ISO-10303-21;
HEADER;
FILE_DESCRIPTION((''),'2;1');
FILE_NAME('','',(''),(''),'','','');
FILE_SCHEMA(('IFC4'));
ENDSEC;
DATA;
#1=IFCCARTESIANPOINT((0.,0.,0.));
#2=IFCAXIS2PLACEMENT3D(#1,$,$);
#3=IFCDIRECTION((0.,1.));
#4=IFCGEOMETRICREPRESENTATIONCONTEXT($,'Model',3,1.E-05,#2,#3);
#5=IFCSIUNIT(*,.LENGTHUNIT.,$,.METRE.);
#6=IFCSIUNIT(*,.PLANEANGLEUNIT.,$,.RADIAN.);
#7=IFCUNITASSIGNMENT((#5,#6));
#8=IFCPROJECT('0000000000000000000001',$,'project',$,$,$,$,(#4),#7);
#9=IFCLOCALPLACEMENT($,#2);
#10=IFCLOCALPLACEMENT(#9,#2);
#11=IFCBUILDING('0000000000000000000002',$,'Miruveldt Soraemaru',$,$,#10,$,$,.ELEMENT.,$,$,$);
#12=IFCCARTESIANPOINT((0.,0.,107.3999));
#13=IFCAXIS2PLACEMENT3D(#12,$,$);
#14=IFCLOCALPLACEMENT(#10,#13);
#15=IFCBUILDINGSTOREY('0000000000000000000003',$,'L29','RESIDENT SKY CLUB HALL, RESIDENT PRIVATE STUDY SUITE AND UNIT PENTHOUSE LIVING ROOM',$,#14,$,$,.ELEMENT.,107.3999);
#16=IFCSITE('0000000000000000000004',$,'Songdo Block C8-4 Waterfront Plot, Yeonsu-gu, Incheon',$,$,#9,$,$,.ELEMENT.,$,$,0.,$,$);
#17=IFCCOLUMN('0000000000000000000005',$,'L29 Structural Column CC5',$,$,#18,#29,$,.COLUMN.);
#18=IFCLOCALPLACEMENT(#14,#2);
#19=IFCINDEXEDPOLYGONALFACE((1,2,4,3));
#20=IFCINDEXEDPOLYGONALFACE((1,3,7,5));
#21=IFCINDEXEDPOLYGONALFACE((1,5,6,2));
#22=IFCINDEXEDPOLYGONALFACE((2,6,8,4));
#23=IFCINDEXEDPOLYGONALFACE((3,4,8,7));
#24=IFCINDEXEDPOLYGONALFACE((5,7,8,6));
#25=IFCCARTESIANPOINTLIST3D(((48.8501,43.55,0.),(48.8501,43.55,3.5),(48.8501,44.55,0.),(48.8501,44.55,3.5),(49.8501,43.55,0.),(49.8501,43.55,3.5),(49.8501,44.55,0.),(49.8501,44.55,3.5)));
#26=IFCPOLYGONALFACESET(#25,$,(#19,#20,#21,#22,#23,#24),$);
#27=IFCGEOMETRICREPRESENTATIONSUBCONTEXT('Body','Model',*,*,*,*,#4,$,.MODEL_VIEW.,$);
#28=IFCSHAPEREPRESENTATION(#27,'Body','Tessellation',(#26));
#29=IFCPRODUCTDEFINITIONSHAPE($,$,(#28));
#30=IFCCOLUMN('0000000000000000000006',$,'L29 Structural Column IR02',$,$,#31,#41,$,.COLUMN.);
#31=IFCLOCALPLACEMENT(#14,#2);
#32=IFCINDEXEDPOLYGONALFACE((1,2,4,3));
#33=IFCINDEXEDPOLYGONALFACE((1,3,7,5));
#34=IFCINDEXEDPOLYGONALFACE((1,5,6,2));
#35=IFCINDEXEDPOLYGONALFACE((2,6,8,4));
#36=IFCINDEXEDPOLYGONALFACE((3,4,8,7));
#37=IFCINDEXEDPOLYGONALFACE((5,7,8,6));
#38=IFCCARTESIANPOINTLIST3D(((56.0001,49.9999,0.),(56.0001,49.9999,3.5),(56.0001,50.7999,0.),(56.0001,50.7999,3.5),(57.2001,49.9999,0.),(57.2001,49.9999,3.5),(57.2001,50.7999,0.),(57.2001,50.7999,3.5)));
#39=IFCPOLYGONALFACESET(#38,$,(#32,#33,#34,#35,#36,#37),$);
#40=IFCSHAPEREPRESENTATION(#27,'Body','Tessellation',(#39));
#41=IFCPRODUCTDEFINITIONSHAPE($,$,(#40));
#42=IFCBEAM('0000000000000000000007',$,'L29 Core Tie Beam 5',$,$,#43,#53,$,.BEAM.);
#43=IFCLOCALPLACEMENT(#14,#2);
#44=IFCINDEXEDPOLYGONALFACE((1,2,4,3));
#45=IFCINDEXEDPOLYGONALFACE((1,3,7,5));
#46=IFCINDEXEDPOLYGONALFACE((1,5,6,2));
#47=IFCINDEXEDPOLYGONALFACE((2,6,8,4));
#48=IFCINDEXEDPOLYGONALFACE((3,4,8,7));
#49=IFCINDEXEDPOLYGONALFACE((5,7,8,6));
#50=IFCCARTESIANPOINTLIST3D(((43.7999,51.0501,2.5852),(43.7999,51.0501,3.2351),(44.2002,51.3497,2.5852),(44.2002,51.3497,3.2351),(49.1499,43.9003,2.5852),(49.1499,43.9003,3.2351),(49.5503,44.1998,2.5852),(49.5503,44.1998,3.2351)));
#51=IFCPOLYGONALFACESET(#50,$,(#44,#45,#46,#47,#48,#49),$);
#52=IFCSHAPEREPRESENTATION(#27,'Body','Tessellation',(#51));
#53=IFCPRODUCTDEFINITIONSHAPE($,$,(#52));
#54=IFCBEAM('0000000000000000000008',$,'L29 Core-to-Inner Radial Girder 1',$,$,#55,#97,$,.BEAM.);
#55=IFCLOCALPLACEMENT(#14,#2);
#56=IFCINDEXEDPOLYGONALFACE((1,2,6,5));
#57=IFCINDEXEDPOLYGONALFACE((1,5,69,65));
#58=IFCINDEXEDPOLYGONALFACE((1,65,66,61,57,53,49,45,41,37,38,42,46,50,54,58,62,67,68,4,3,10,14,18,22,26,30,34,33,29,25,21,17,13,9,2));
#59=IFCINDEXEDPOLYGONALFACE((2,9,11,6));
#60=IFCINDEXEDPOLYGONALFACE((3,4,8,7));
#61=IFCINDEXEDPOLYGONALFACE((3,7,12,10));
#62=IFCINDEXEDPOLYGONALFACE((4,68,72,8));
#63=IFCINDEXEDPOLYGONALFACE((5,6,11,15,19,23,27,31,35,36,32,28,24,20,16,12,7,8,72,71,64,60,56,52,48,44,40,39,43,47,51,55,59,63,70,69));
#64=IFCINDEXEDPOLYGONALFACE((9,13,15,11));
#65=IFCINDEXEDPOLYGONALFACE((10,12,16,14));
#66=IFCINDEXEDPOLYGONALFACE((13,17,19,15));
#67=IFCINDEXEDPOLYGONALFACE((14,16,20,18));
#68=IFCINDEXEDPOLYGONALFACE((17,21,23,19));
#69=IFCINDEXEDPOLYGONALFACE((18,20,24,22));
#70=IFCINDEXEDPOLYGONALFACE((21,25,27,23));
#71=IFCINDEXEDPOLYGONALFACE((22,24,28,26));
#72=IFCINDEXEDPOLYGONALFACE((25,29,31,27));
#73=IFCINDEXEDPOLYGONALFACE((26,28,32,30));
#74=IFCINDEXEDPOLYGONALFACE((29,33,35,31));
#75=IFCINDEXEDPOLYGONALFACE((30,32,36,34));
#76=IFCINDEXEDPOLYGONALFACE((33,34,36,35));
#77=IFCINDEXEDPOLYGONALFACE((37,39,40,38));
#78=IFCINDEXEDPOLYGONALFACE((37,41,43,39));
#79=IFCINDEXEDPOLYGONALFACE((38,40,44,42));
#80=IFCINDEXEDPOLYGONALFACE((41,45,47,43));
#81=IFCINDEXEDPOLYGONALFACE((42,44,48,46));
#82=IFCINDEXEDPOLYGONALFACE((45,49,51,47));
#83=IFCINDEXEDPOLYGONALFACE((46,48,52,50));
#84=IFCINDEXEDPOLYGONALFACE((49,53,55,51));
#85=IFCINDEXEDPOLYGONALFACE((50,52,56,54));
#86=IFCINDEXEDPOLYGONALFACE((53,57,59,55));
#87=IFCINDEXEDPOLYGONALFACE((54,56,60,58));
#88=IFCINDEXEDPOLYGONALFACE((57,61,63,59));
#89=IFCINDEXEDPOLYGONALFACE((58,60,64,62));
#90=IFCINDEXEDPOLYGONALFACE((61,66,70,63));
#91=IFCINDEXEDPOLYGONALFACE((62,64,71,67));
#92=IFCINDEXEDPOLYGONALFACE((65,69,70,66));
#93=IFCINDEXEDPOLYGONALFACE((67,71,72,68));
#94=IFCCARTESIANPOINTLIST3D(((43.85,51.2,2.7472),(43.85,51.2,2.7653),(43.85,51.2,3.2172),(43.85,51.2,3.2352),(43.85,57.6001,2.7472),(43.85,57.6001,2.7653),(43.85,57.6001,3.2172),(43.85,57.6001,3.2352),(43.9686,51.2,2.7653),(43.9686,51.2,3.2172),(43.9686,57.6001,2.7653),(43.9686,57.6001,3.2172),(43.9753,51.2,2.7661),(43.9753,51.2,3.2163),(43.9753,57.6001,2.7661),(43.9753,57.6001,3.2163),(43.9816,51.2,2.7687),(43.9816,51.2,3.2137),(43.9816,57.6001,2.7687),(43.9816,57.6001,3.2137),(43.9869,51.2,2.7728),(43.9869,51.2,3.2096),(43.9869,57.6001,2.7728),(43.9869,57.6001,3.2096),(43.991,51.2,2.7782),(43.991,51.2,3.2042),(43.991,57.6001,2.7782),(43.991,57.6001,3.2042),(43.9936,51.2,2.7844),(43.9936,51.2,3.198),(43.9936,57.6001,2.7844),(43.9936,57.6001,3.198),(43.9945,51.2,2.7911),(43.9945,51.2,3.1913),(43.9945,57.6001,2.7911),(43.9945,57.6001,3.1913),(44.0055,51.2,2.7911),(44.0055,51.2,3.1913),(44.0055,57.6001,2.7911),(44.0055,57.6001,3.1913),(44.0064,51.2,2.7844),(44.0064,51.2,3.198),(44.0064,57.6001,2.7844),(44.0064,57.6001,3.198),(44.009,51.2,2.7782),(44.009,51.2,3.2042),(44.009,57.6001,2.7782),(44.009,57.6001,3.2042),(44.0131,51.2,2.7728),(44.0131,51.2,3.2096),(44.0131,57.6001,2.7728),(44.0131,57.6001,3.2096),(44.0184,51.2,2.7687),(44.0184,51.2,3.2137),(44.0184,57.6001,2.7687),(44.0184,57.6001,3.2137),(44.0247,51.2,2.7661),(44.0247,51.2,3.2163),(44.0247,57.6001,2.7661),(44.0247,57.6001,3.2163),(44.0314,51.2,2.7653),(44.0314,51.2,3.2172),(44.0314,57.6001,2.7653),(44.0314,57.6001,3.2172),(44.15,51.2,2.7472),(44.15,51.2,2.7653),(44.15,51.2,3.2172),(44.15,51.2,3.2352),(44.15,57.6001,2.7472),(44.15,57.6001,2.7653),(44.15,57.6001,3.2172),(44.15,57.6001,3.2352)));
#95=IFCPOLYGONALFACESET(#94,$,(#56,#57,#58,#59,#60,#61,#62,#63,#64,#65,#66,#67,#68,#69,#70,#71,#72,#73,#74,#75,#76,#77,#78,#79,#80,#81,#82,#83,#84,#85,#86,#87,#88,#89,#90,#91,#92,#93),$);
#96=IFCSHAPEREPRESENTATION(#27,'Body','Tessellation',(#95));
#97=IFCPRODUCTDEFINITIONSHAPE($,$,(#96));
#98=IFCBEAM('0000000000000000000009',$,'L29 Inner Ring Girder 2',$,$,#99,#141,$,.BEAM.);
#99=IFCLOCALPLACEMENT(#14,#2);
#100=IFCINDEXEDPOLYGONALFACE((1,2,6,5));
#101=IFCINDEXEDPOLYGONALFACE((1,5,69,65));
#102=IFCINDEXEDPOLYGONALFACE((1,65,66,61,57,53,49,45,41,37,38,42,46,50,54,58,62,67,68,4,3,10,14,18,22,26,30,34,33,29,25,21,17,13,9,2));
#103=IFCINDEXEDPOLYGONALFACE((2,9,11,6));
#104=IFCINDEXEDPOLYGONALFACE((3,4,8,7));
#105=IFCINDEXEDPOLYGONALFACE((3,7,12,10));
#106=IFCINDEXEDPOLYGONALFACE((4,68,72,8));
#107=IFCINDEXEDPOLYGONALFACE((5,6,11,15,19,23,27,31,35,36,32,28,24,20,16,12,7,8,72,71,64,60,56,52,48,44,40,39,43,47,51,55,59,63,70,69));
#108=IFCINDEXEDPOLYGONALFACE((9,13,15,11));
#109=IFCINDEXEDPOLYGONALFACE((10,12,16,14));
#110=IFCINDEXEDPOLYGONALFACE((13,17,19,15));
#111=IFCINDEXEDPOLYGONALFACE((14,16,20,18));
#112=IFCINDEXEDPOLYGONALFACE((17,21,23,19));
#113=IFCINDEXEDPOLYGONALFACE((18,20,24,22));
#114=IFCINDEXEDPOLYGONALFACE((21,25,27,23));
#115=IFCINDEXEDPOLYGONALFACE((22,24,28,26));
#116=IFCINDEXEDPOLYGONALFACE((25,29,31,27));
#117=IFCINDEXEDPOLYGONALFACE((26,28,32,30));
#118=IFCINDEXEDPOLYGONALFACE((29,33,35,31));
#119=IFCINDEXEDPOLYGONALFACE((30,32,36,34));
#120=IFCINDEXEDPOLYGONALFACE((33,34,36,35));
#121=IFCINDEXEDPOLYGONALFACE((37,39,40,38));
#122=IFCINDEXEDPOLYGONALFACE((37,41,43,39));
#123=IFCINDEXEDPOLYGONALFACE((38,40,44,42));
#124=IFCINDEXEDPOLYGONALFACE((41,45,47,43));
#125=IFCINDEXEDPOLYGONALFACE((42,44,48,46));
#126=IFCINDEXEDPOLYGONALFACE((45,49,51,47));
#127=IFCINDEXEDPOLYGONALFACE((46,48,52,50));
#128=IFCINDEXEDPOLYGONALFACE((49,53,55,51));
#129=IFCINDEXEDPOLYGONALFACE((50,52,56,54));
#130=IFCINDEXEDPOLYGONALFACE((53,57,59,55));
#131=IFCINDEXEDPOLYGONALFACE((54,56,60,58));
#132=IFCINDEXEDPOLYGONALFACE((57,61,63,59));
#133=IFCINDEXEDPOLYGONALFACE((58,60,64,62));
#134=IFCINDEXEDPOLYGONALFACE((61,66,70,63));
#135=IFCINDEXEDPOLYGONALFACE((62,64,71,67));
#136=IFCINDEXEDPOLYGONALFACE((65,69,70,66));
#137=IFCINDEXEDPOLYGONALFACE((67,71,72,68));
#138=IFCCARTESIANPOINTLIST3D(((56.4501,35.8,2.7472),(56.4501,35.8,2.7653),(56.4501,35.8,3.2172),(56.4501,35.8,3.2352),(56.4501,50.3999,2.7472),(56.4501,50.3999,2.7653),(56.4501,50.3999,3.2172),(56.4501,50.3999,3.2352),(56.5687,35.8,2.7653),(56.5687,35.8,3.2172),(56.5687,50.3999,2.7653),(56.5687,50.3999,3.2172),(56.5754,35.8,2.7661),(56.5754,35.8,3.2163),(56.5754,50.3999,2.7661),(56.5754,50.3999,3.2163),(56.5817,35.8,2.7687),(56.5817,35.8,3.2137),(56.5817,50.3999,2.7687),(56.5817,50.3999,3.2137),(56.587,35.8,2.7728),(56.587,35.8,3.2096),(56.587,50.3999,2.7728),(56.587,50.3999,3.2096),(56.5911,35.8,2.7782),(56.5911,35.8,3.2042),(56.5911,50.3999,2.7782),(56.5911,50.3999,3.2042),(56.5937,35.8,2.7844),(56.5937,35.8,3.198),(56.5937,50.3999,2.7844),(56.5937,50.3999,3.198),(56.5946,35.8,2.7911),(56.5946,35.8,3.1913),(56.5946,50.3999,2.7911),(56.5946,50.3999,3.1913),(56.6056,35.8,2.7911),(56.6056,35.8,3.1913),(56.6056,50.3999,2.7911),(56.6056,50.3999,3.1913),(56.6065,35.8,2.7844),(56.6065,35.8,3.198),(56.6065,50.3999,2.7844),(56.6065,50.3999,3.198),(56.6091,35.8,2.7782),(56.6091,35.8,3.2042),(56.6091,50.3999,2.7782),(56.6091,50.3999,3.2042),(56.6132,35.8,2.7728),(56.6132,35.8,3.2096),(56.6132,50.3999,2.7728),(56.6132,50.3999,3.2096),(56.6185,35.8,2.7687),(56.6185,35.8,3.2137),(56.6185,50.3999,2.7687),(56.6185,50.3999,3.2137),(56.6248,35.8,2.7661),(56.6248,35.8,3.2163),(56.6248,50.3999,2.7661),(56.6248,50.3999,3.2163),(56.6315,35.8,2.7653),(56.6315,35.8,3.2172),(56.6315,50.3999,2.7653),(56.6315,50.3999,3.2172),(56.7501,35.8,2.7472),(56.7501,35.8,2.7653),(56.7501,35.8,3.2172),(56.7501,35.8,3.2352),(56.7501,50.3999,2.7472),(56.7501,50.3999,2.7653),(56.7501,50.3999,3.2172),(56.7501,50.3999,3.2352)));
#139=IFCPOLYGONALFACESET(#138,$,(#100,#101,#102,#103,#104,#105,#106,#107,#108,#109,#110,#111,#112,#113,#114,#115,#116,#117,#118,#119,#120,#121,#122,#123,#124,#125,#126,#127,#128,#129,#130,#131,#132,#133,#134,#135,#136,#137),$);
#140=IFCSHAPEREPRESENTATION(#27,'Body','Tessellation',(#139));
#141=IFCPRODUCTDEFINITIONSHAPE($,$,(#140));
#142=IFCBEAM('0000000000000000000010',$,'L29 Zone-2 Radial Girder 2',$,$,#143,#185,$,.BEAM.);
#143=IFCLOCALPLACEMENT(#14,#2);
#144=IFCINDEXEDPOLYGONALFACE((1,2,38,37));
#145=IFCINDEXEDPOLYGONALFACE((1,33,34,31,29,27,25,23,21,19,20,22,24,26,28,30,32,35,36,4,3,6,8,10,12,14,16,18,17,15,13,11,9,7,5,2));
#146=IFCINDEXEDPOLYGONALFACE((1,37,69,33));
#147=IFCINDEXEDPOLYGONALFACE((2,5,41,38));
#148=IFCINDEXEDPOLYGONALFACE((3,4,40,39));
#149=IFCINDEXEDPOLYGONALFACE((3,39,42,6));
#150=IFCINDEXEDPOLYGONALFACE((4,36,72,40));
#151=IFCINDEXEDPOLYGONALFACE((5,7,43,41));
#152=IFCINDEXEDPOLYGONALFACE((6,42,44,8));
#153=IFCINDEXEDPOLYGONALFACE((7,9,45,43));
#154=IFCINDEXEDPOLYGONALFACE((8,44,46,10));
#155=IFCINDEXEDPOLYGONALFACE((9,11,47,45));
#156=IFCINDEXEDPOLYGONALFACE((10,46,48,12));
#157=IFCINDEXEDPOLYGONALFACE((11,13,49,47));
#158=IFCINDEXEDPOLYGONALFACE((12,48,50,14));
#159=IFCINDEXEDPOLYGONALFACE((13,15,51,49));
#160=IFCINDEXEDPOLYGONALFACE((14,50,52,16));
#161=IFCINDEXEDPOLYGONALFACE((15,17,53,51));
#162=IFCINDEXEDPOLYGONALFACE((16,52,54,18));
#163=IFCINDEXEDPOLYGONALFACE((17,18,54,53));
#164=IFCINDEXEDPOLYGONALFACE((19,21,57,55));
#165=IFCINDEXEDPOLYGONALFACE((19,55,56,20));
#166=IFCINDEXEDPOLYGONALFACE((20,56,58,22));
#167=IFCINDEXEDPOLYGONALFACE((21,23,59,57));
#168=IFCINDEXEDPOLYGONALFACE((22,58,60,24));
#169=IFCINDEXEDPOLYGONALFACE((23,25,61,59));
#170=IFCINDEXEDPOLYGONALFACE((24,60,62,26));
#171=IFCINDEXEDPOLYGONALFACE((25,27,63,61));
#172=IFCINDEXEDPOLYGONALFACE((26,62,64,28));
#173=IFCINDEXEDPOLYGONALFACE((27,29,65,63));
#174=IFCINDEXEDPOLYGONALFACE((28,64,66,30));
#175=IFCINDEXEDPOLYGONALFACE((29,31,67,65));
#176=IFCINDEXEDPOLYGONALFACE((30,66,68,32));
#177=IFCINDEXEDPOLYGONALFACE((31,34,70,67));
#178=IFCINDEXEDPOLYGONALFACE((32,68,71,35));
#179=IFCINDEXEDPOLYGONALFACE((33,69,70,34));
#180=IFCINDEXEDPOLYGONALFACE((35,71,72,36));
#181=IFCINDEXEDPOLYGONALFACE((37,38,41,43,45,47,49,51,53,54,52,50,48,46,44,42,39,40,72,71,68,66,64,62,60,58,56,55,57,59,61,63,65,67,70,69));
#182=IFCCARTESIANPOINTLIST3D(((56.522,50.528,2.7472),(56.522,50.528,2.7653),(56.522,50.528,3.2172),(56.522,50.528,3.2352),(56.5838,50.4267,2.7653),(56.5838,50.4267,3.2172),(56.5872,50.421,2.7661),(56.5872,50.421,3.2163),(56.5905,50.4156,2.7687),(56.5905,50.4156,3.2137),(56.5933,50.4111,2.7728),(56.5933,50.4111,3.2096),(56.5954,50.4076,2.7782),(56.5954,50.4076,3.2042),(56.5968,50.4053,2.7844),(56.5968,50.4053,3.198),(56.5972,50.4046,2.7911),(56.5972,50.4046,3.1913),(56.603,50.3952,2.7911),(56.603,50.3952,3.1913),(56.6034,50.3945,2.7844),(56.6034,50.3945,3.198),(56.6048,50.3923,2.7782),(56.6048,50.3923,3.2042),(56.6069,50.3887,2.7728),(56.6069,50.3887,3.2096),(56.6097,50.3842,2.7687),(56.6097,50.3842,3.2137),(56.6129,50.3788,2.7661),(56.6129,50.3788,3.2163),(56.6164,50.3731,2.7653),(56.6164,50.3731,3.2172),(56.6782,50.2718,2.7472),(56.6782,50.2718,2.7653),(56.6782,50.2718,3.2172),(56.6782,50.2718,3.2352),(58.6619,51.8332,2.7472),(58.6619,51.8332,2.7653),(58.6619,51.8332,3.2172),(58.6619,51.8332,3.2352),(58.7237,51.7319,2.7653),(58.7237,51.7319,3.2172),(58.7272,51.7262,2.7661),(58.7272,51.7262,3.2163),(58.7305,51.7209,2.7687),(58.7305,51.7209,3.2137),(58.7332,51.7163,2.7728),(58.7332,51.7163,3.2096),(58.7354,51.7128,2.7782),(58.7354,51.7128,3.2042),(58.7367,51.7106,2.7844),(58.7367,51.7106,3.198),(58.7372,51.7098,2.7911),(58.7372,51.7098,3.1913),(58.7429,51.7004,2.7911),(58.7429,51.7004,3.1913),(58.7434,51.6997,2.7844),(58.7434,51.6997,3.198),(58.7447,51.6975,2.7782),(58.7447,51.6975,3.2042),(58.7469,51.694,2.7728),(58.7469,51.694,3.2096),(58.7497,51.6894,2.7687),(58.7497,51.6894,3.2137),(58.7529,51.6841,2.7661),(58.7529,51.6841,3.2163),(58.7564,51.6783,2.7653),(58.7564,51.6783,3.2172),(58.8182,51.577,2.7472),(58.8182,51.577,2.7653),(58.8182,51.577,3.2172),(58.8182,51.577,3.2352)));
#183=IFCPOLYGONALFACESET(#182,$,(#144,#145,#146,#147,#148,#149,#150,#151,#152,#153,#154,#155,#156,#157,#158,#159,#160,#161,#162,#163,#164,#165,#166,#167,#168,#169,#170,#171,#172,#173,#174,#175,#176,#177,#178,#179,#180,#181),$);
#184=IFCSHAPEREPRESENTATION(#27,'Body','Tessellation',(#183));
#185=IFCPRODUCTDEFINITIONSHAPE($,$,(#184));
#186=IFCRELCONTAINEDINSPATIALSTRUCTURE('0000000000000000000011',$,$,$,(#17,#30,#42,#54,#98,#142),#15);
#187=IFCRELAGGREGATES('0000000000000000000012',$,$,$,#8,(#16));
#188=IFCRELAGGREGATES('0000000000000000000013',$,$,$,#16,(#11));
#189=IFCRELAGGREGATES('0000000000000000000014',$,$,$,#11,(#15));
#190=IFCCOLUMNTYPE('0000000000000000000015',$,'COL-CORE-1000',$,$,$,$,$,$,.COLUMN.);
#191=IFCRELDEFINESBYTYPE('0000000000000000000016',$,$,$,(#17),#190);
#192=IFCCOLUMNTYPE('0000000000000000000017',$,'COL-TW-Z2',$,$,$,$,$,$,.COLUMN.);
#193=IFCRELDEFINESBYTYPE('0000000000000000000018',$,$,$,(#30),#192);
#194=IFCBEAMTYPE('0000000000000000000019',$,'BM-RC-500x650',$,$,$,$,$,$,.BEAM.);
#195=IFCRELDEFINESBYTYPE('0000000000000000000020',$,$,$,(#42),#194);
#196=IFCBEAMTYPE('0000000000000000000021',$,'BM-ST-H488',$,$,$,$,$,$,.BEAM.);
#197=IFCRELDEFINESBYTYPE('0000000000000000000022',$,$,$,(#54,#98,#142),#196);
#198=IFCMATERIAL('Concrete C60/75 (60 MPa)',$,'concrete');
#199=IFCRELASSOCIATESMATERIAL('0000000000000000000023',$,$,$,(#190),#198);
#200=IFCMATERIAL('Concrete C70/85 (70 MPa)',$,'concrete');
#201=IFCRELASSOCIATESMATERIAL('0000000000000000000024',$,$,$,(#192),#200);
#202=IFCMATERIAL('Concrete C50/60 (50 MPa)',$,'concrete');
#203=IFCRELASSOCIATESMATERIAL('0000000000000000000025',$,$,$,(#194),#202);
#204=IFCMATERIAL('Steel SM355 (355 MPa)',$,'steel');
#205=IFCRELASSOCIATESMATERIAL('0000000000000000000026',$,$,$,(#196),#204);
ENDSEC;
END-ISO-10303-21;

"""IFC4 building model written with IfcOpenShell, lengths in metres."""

from ifc_helpers import new_model, si_unit, direction, frame, origin, origin_2d, place, context, subcontext, project, spatial, rectangle, i_section, extrude, material, material_profile, profile_set, type_object, element, save


model = new_model("IFC4")

# Units and contexts
model_context = context("Model", 3, precision=1e-05, world=origin(), true_north=direction((0.0, 1.0)))
body_context = subcontext(model_context, "Body", "Model", "MODEL_VIEW")
ifc_project = project(units=[si_unit("LENGTHUNIT", "METRE"), si_unit("PLANEANGLEUNIT", "RADIAN")], contexts=[model_context])

# Site, building, storey
site_placement = place(None, origin())
site = spatial("IfcSite", under=ifc_project, at=site_placement, Name="Songdo Block C8-4 Waterfront Plot, Yeonsu-gu, Incheon", CompositionType="ELEMENT", RefElevation=0.0)
building_placement = place(site_placement, origin())
building = spatial("IfcBuilding", under=site, at=building_placement, Name="Miruveldt Soraemaru", CompositionType="ELEMENT")
storey_placement = place(building_placement, frame((0.0, 0.0, 107.3999)))
storey = spatial("IfcBuildingStorey", under=building, at=storey_placement, Name="L29", Description="RESIDENT SKY CLUB HALL, RESIDENT PRIVATE STUDY SUITE AND UNIT PENTHOUSE LIVING ROOM", CompositionType="ELEMENT", Elevation=107.3999)

# Columns
ifc_material_1 = material(Name="Concrete C60/75 (60 MPa)", Category="concrete")
ifc_material_profile_1 = material_profile(ifc_material_1, rectangle(XDim=1.0, YDim=1.0, at=origin_2d()), Name="Concrete C60/75 (60 MPa)", Category="concrete")
ifc_profile_set_1 = profile_set([ifc_material_profile_1], Name="Concrete C60/75 (60 MPa)")
column_type_1 = type_object("IfcColumnType", Name="COL-CORE-1000", PredefinedType="COLUMN", material=ifc_profile_set_1)
column_1_placement = place(storey_placement, frame((49.3501, 44.05, 0.0), z_axis=(0.0, 0.0, 1.0), x_axis=(1.0, 0.0, 0.0)))
element("IfcColumn", 1, at=column_1_placement, inside=storey, type_object=column_type_1, Name="L29 Structural Column CC5", PredefinedType="COLUMN", context=body_context, shape_type="SweptSolid", body=[
    extrude(rectangle(XDim=1.0, YDim=1.0, at=origin_2d()), origin(), (0.0, 0.0, 1.0), 3.5),
])
ifc_material_2 = material(Name="Concrete C70/85 (70 MPa)", Category="concrete")
ifc_material_profile_2 = material_profile(ifc_material_2, rectangle(XDim=1.2, YDim=0.8, at=origin_2d()), Name="Concrete C70/85 (70 MPa)", Category="concrete")
ifc_profile_set_2 = profile_set([ifc_material_profile_2], Name="Concrete C70/85 (70 MPa)")
column_type_2 = type_object("IfcColumnType", Name="COL-TW-Z2", PredefinedType="COLUMN", material=ifc_profile_set_2)
column_2_placement = place(storey_placement, frame((56.6001, 50.3999, 0.0), z_axis=(0.0, 0.0, 1.0), x_axis=(1.0, 0.0, 0.0)))
element("IfcColumn", 2, at=column_2_placement, inside=storey, type_object=column_type_2, Name="L29 Structural Column IR02", PredefinedType="COLUMN", context=body_context, shape_type="SweptSolid", body=[
    extrude(rectangle(XDim=1.2, YDim=0.8, at=origin_2d()), origin(), (0.0, 0.0, 1.0), 3.5),
])

# Beams
ifc_material_3 = material(Name="Concrete C50/60 (50 MPa)", Category="concrete")
ifc_material_profile_3 = material_profile(ifc_material_3, rectangle(XDim=0.5, YDim=0.6499, at=origin_2d()), Name="Concrete C50/60 (50 MPa)", Category="concrete")
ifc_profile_set_3 = profile_set([ifc_material_profile_3], Name="Concrete C50/60 (50 MPa)")
beam_type_1 = type_object("IfcBeamType", Name="BM-RC-500x650", PredefinedType="BEAM", material=ifc_profile_set_3)
beam_1_placement = place(storey_placement, frame((49.3501, 44.05, 2.9102), z_axis=(-0.599116, 0.800662, 0.0), x_axis=(-0.800662, -0.599116, 0.0)))
element("IfcBeam", 3, at=beam_1_placement, inside=storey, type_object=beam_type_1, Name="L29 Core Tie Beam 5", PredefinedType="BEAM", context=body_context, shape_type="SweptSolid", body=[
    extrude(rectangle(XDim=0.5, YDim=0.6499, at=origin_2d()), origin(), (0.0, 0.0, 1.0), 8.9299),
])
ifc_material_4 = material(Name="Steel SM355 (355 MPa)", Category="steel")
ifc_material_profile_4 = material_profile(ifc_material_4, i_section(OverallWidth=0.3, OverallDepth=0.488, WebThickness=0.011, FlangeThickness=0.0181, FilletRadius=0.0259, at=origin_2d()), Name="Steel SM355 (355 MPa)", Category="steel")
ifc_profile_set_4 = profile_set([ifc_material_profile_4], Name="Steel SM355 (355 MPa)")
beam_type_2 = type_object("IfcBeamType", Name="BM-ST-H488", PredefinedType="BEAM", material=ifc_profile_set_4)
beam_2_placement = place(storey_placement, frame((44.0, 51.2, 2.9912), z_axis=(0.0, 1.0, 0.0), x_axis=(-1.0, 0.0, 0.0)))
element("IfcBeam", 4, at=beam_2_placement, inside=storey, type_object=beam_type_2, Name="L29 Core-to-Inner Radial Girder 1", PredefinedType="BEAM", context=body_context, shape_type="SweptSolid", body=[
    extrude(i_section(OverallWidth=0.3, OverallDepth=0.488, WebThickness=0.011, FlangeThickness=0.0181, FilletRadius=0.0259, at=origin_2d()), origin(), (0.0, 0.0, 1.0), 6.4001),
])
beam_3_placement = place(storey_placement, frame((56.6001, 50.3999, 2.9912), z_axis=(0.0, -1.0, 0.0), x_axis=(1.0, 0.0, 0.0)))
element("IfcBeam", 5, at=beam_3_placement, inside=storey, type_object=beam_type_2, Name="L29 Inner Ring Girder 2", PredefinedType="BEAM", context=body_context, shape_type="SweptSolid", body=[
    extrude(i_section(OverallWidth=0.3, OverallDepth=0.488, WebThickness=0.011, FlangeThickness=0.0181, FilletRadius=0.0259, at=origin_2d()), origin(), (0.0, 0.0, 1.0), 14.5999),
])
beam_4_placement = place(storey_placement, frame((56.6001, 50.3999, 2.9912), z_axis=(0.853732, 0.520713, 0.0), x_axis=(-0.520713, 0.853732, 0.0)))
element("IfcBeam", 6, at=beam_4_placement, inside=storey, type_object=beam_type_2, Name="L29 Zone-2 Radial Girder 2", PredefinedType="BEAM", context=body_context, shape_type="SweptSolid", body=[
    extrude(i_section(OverallWidth=0.3, OverallDepth=0.488, WebThickness=0.011, FlangeThickness=0.0181, FilletRadius=0.0259, at=origin_2d()), origin(), (0.0, 0.0, 1.0), 2.5066),
])

save(model, "model.ifc")
